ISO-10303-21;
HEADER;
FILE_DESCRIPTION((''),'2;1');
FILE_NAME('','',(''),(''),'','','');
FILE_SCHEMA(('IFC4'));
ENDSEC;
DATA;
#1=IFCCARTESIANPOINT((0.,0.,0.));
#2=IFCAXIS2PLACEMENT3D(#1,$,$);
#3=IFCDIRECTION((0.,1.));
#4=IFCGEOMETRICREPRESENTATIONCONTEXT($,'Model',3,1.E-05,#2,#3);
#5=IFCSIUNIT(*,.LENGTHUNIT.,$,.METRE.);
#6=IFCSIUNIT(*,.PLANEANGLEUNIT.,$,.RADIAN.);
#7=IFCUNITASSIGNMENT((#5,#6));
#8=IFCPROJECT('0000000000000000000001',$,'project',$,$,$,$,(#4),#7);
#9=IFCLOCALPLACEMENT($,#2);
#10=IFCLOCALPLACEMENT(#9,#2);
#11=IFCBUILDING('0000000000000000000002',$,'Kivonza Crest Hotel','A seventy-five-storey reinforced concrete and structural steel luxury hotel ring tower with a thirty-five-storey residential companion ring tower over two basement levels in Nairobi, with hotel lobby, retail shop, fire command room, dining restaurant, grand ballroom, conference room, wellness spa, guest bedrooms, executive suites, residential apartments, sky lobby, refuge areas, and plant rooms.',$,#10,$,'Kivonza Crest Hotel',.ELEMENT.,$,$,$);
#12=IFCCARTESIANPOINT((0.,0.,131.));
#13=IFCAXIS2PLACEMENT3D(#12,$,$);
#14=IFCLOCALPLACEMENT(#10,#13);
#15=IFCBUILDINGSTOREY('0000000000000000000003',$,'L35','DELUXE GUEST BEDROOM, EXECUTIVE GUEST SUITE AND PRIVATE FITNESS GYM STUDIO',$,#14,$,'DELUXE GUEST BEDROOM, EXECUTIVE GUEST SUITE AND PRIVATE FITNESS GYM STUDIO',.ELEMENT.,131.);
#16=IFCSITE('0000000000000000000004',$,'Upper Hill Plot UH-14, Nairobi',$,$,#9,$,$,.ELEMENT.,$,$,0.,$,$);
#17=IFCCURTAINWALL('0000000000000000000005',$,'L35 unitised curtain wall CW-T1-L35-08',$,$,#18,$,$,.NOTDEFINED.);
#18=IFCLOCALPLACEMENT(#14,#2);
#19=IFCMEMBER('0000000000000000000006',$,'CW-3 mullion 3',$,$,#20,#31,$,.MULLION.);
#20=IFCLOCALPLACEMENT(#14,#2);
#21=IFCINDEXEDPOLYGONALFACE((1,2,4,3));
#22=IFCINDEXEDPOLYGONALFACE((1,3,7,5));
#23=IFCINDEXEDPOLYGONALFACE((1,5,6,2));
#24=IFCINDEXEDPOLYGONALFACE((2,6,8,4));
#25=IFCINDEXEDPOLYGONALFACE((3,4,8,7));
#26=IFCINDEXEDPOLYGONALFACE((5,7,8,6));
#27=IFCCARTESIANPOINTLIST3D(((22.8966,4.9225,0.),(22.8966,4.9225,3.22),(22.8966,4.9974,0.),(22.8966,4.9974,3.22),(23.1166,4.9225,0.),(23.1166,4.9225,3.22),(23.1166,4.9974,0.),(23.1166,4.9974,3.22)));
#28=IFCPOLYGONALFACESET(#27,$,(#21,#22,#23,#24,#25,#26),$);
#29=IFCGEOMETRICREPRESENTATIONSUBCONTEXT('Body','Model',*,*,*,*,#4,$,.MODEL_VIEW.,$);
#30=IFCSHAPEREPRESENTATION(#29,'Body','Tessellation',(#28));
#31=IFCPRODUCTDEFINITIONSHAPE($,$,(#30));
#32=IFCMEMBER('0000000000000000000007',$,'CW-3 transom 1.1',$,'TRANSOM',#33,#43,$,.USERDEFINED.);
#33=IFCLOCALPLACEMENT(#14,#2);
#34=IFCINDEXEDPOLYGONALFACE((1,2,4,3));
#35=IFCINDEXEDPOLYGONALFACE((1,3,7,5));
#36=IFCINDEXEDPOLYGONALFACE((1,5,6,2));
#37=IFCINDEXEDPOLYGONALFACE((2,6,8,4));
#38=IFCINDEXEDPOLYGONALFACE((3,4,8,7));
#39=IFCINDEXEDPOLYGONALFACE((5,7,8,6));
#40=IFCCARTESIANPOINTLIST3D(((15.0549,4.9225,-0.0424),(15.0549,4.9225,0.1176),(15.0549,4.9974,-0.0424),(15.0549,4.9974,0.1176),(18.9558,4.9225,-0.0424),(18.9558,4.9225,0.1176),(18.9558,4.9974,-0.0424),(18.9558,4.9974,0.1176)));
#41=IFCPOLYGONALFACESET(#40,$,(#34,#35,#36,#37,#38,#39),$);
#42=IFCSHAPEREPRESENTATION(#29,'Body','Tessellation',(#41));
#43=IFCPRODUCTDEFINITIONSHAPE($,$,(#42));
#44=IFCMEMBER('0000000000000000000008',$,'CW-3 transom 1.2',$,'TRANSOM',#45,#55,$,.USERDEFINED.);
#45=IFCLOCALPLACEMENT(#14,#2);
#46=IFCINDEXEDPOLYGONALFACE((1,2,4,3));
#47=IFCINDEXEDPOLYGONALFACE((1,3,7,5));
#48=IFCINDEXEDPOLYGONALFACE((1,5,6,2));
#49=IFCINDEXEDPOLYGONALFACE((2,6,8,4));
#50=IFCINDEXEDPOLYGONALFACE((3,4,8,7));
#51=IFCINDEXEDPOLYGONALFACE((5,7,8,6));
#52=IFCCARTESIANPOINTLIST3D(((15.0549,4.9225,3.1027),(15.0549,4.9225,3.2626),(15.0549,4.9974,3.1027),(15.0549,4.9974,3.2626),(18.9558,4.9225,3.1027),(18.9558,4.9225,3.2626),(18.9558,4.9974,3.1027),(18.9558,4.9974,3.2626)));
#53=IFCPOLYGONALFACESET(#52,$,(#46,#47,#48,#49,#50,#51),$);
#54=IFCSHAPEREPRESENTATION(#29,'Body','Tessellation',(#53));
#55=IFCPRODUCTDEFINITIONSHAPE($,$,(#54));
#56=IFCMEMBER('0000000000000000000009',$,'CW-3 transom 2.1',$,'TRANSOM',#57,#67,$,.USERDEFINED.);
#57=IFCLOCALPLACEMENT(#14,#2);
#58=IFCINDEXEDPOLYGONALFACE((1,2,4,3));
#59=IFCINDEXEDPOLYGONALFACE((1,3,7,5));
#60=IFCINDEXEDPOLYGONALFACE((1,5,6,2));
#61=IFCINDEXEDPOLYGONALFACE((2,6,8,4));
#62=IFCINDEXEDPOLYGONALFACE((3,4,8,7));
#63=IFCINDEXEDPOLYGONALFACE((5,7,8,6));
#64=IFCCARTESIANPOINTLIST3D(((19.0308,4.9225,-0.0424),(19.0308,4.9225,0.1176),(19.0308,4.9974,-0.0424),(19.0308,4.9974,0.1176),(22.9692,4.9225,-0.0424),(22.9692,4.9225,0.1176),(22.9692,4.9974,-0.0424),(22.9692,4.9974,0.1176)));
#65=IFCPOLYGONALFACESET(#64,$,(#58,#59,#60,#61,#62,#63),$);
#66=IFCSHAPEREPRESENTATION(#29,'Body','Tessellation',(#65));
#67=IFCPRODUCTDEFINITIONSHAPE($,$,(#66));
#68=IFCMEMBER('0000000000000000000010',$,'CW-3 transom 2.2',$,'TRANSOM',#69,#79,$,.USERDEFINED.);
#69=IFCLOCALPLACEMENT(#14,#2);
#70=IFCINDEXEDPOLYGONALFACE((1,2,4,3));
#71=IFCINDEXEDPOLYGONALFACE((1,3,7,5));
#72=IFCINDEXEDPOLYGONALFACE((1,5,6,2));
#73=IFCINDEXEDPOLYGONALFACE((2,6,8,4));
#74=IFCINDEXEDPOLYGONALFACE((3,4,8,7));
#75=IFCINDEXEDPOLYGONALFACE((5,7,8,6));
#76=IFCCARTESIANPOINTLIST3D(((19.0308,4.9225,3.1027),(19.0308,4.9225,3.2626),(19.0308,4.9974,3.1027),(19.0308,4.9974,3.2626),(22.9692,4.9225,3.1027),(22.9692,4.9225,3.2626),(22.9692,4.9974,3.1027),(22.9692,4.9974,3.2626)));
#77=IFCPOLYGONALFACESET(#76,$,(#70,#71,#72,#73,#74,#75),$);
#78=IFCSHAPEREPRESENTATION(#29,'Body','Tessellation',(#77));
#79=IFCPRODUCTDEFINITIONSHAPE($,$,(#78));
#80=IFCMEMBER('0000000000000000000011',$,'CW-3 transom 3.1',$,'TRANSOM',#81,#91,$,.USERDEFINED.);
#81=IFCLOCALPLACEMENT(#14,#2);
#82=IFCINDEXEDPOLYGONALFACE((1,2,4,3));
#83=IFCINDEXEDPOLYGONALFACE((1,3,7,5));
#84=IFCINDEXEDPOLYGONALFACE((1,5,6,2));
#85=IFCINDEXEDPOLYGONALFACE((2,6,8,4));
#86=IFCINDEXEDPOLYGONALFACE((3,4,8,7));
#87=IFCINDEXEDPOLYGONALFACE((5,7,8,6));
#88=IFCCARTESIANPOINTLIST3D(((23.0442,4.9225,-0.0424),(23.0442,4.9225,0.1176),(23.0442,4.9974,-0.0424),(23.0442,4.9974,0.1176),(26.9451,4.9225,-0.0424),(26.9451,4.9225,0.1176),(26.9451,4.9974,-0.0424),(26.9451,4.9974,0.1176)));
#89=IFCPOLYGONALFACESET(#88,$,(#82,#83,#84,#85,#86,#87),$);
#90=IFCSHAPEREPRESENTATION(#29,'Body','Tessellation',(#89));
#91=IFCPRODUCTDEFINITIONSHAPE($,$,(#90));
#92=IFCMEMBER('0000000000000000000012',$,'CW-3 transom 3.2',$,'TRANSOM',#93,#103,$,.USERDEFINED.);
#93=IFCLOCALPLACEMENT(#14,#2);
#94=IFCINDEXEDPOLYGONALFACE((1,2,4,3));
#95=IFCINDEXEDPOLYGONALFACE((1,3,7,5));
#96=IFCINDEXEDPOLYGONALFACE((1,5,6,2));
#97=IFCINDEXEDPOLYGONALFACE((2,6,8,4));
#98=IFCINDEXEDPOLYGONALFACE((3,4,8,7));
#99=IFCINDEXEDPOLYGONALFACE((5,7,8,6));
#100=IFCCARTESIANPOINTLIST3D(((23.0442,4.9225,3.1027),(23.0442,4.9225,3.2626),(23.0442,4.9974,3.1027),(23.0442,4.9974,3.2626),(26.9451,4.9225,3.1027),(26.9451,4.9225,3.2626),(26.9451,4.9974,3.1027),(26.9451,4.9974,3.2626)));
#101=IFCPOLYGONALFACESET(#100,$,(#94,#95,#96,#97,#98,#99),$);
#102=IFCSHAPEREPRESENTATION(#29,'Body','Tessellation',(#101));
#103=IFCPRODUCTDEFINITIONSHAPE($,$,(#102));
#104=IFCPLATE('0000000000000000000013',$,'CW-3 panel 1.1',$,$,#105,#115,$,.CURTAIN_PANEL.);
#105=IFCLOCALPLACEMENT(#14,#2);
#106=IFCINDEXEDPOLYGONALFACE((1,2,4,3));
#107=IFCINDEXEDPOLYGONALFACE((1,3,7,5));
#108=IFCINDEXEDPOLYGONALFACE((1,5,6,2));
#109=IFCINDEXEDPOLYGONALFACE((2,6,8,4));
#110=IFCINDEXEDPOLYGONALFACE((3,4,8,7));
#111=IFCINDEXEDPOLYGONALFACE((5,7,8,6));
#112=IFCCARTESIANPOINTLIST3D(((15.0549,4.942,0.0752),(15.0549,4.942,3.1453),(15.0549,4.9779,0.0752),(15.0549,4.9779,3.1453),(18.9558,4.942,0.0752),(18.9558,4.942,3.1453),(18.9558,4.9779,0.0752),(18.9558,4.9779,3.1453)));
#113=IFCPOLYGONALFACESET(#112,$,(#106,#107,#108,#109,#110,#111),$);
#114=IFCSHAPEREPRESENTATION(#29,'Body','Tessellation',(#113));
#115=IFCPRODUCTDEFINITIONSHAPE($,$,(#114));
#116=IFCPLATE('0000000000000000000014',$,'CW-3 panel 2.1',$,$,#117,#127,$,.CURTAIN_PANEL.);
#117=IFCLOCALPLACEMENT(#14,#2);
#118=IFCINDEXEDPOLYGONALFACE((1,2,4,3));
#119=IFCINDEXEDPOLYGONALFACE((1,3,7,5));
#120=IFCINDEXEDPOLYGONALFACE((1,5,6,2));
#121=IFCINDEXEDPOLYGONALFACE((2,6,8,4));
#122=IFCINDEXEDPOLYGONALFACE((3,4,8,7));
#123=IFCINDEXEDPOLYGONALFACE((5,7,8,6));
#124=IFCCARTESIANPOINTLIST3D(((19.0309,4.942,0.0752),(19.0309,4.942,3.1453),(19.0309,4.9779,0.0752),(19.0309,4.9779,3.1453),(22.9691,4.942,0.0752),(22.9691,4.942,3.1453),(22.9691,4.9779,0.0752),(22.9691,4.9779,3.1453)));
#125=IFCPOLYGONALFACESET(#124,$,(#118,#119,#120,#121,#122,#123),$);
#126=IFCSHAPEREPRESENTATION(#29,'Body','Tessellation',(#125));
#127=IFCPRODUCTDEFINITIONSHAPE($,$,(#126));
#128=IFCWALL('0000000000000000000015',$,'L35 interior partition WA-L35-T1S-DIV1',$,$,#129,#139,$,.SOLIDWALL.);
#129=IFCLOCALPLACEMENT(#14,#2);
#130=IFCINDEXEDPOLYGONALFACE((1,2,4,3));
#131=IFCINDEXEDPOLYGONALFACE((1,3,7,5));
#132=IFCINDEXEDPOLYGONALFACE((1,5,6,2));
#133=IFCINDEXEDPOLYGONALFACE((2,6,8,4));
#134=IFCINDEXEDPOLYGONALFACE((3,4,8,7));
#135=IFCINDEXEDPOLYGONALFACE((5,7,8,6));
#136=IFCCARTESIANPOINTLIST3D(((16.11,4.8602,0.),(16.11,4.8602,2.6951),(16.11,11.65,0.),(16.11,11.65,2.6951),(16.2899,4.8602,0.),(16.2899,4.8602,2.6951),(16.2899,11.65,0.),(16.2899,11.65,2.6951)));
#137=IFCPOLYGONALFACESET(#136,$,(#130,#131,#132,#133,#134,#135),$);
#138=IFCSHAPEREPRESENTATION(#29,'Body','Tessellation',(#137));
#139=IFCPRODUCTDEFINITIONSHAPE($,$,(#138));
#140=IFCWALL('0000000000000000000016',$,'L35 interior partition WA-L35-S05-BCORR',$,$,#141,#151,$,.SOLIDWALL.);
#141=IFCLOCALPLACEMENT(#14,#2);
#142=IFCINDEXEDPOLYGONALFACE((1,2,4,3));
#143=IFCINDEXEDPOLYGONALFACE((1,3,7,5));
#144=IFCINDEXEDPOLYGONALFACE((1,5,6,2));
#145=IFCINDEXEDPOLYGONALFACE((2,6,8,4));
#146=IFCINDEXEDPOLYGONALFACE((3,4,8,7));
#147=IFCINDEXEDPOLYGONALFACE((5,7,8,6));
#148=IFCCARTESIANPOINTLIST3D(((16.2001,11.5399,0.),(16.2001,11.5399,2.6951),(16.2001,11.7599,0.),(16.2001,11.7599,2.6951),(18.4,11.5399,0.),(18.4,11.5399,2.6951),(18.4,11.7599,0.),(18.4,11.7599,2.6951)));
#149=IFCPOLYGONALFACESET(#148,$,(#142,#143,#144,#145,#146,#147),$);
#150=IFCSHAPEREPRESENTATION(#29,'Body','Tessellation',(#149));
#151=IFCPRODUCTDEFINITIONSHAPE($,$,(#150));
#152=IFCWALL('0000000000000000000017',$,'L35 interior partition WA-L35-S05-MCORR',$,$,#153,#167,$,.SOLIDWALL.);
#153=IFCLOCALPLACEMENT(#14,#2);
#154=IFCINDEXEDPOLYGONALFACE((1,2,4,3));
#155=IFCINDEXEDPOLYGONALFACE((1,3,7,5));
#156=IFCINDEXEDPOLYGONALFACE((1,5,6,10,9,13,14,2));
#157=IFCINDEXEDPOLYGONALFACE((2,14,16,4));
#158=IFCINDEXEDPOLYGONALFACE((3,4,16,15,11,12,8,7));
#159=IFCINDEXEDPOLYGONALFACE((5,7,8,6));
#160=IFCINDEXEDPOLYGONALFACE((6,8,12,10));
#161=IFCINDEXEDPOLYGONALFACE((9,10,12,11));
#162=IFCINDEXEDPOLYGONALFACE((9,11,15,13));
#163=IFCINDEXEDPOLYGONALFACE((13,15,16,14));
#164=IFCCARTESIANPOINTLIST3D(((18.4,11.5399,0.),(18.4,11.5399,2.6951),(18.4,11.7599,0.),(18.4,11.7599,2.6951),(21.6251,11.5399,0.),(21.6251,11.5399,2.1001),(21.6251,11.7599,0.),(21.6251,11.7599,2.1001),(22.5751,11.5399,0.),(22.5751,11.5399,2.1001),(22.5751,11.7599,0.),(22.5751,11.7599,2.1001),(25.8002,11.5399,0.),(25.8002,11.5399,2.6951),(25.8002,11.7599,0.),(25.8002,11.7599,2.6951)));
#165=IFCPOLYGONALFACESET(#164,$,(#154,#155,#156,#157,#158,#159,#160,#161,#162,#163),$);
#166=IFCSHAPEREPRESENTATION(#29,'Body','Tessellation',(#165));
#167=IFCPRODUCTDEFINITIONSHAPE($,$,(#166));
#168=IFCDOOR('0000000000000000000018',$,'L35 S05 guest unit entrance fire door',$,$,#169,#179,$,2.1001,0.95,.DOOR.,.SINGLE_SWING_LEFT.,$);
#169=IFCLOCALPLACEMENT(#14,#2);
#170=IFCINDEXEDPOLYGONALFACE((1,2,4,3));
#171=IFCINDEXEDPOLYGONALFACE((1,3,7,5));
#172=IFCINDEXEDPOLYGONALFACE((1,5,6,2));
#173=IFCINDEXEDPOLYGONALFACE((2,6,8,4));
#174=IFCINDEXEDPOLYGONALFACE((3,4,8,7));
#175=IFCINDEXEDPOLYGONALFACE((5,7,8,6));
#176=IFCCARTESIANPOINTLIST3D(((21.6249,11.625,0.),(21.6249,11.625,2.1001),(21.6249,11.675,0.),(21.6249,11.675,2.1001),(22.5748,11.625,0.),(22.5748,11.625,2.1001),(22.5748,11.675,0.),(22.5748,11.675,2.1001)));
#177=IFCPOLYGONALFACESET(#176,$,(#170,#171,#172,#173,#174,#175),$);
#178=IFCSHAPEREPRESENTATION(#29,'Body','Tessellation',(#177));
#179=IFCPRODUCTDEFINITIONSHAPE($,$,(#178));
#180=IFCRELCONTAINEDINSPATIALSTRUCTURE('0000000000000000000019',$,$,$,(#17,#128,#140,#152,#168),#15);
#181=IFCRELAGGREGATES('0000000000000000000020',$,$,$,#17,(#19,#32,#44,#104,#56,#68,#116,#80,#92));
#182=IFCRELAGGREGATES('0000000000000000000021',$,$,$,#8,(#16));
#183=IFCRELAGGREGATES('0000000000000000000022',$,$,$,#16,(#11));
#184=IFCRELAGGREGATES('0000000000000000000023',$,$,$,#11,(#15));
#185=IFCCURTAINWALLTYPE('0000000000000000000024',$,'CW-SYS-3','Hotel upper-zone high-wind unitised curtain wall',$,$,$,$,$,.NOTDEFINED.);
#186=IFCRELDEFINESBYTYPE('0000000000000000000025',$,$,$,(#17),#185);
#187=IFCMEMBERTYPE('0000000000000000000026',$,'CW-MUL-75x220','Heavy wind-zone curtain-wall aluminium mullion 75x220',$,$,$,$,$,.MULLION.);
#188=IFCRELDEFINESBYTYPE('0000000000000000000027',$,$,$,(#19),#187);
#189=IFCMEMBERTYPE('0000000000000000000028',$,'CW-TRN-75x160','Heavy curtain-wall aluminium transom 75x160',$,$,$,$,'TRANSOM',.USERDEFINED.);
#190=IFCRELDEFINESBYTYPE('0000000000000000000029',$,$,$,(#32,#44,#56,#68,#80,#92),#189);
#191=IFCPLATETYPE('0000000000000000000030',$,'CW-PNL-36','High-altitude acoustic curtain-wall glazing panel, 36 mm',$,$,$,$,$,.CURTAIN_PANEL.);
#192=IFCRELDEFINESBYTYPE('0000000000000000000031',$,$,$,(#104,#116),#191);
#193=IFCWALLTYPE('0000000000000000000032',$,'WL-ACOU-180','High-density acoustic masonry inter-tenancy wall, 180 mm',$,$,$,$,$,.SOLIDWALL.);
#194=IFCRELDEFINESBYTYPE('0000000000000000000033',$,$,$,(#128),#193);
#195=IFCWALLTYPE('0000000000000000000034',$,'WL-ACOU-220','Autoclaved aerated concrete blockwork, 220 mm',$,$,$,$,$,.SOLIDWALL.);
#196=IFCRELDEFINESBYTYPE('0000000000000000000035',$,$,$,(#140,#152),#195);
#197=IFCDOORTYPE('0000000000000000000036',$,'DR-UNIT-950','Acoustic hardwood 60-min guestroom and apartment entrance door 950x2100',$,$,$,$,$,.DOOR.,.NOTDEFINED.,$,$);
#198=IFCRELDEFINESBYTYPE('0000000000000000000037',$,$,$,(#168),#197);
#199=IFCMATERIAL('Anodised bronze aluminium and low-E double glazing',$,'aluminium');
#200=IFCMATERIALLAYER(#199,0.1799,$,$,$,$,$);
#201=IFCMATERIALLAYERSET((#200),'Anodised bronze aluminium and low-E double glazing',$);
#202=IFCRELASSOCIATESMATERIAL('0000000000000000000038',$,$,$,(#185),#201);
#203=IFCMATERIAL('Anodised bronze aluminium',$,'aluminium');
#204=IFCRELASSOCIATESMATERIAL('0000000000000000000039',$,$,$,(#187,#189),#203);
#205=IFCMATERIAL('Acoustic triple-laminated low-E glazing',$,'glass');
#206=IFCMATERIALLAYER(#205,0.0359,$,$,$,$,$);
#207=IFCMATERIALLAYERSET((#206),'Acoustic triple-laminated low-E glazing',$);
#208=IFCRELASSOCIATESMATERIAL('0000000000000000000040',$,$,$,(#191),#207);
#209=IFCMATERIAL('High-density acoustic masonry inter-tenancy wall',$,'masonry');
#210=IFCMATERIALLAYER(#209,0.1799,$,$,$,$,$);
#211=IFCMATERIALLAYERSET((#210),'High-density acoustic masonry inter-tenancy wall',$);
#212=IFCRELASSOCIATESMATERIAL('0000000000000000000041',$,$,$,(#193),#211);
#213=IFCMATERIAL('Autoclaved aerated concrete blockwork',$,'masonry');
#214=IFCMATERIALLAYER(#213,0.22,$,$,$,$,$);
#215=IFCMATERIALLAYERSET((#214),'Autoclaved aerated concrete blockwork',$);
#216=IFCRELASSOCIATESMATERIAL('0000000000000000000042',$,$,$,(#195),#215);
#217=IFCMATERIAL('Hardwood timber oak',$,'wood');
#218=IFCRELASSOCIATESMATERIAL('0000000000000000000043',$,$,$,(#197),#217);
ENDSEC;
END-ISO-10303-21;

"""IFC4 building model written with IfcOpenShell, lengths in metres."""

from ifc_helpers import new_model, si_unit, direction, frame, frame_2d, origin, origin_2d, place, context, subcontext, project, spatial, rectangle, extrude, material, layer, layer_set, material_profile, profile_set, type_object, element, fill, aggregate, save


model = new_model("IFC4")

# Units and contexts
model_context = context("Model", 3, precision=1e-05, world=origin(), true_north=direction((0.0, 1.0)))
body_context = subcontext(model_context, "Body", "Model", "MODEL_VIEW")
ifc_project = project(units=[si_unit("LENGTHUNIT", "METRE"), si_unit("PLANEANGLEUNIT", "RADIAN")], contexts=[model_context])

# Site, building, storey
site_placement = place(None, origin())
site = spatial("IfcSite", under=ifc_project, at=site_placement, Name="Upper Hill Plot UH-14, Nairobi", CompositionType="ELEMENT", RefElevation=0.0)
building_placement = place(site_placement, origin())
building = spatial("IfcBuilding", under=site, at=building_placement, Name="Kivonza Crest Hotel", Description="A seventy-five-storey reinforced concrete and structural steel luxury hotel ring tower with a thirty-five-storey residential companion ring tower over two basement levels in Nairobi, with hotel lobby, retail shop, fire command room, dining restaurant, grand ballroom, conference room, wellness spa, guest bedrooms, executive suites, residential apartments, sky lobby, refuge areas, and plant rooms.", LongName="Kivonza Crest Hotel", CompositionType="ELEMENT")
storey_placement = place(building_placement, frame((0.0, 0.0, 131.0)))
storey = spatial("IfcBuildingStorey", under=building, at=storey_placement, Name="L35", Description="DELUXE GUEST BEDROOM, EXECUTIVE GUEST SUITE AND PRIVATE FITNESS GYM STUDIO", LongName="DELUXE GUEST BEDROOM, EXECUTIVE GUEST SUITE AND PRIVATE FITNESS GYM STUDIO", CompositionType="ELEMENT", Elevation=131.0)

# Curtain wall, members, plates
ifc_material_1 = material(Name="Anodised bronze aluminium and low-E double glazing", Category="aluminium")
ifc_layer_1 = layer(ifc_material_1, 0.1799)
ifc_layer_set_1 = layer_set([ifc_layer_1], Name="Anodised bronze aluminium and low-E double glazing")
curtain_wall_type = type_object("IfcCurtainWallType", Name="CW-SYS-3", Description="Hotel upper-zone high-wind unitised curtain wall", PredefinedType="NOTDEFINED", material=ifc_layer_set_1)
curtain_wall_placement = place(storey_placement, origin())
curtain_wall = element("IfcCurtainWall", 1, at=curtain_wall_placement, inside=storey, type_object=curtain_wall_type, Name="L35 unitised curtain wall CW-T1-L35-08", PredefinedType="NOTDEFINED")
ifc_material_2 = material(Name="Anodised bronze aluminium", Category="aluminium")
ifc_material_profile_1 = material_profile(ifc_material_2, rectangle(XDim=0.075, YDim=0.22, at=origin_2d()), Name="CW-M 75x220")
ifc_profile_set_1 = profile_set([ifc_material_profile_1], Name="Anodised bronze aluminium")
member_type_1 = type_object("IfcMemberType", Name="CW-MUL-75x220", Description="Heavy wind-zone curtain-wall aluminium mullion 75x220", PredefinedType="MULLION", material=ifc_profile_set_1)
member_1_placement = place(storey_placement, frame((23.0066, 4.96, 0.0), z_axis=(0.0, 0.0, 1.0), x_axis=(0.0, 1.0, 0.0)))
member_1 = element("IfcMember", 2, at=member_1_placement, type_object=member_type_1, Name="CW-3 mullion 3", PredefinedType="MULLION", context=body_context, shape_type="SweptSolid", body=[
    extrude(rectangle(XDim=0.075, YDim=0.22, at=origin_2d()), origin(), (0.0, 0.0, 1.0), 3.22),
])
ifc_material_profile_2 = material_profile(ifc_material_2, rectangle(XDim=0.075, YDim=0.1599, at=origin_2d()), Name="CW-T 75x160")
ifc_profile_set_2 = profile_set([ifc_material_profile_2], Name="Anodised bronze aluminium")
member_type_2 = type_object("IfcMemberType", Name="CW-TRN-75x160", Description="Heavy curtain-wall aluminium transom 75x160", ElementType="TRANSOM", PredefinedType="USERDEFINED", material=ifc_profile_set_2)
member_2_placement = place(storey_placement, frame((15.0549, 4.96, 0.0376), z_axis=(1.0, 0.0, 0.0), x_axis=(0.0, 1.0, 0.0)))
member_2 = element("IfcMember", 3, at=member_2_placement, type_object=member_type_2, Name="CW-3 transom 1.1", ObjectType="TRANSOM", PredefinedType="USERDEFINED", context=body_context, shape_type="SweptSolid", body=[
    extrude(rectangle(XDim=0.075, YDim=0.1599, at=origin_2d()), origin(), (0.0, 0.0, 1.0), 3.9009),
])
member_3_placement = place(storey_placement, frame((15.0549, 4.96, 3.1826), z_axis=(1.0, 0.0, 0.0), x_axis=(0.0, 1.0, 0.0)))
member_3 = element("IfcMember", 4, at=member_3_placement, type_object=member_type_2, Name="CW-3 transom 1.2", ObjectType="TRANSOM", PredefinedType="USERDEFINED", context=body_context, shape_type="SweptSolid", body=[
    extrude(rectangle(XDim=0.075, YDim=0.1599, at=origin_2d()), origin(), (0.0, 0.0, 1.0), 3.9009),
])
member_4_placement = place(storey_placement, frame((19.0308, 4.96, 0.0376), z_axis=(1.0, 0.0, 0.0), x_axis=(0.0, 1.0, 0.0)))
member_4 = element("IfcMember", 5, at=member_4_placement, type_object=member_type_2, Name="CW-3 transom 2.1", ObjectType="TRANSOM", PredefinedType="USERDEFINED", context=body_context, shape_type="SweptSolid", body=[
    extrude(rectangle(XDim=0.075, YDim=0.1599, at=origin_2d()), origin(), (0.0, 0.0, 1.0), 3.9385),
])
member_5_placement = place(storey_placement, frame((19.0308, 4.96, 3.1826), z_axis=(1.0, 0.0, 0.0), x_axis=(0.0, 1.0, 0.0)))
member_5 = element("IfcMember", 6, at=member_5_placement, type_object=member_type_2, Name="CW-3 transom 2.2", ObjectType="TRANSOM", PredefinedType="USERDEFINED", context=body_context, shape_type="SweptSolid", body=[
    extrude(rectangle(XDim=0.075, YDim=0.1599, at=origin_2d()), origin(), (0.0, 0.0, 1.0), 3.9385),
])
member_6_placement = place(storey_placement, frame((23.0442, 4.96, 0.0376), z_axis=(1.0, 0.0, 0.0), x_axis=(0.0, 1.0, 0.0)))
member_6 = element("IfcMember", 7, at=member_6_placement, type_object=member_type_2, Name="CW-3 transom 3.1", ObjectType="TRANSOM", PredefinedType="USERDEFINED", context=body_context, shape_type="SweptSolid", body=[
    extrude(rectangle(XDim=0.075, YDim=0.1599, at=origin_2d()), origin(), (0.0, 0.0, 1.0), 3.9009),
])
member_7_placement = place(storey_placement, frame((23.0442, 4.96, 3.1826), z_axis=(1.0, 0.0, 0.0), x_axis=(0.0, 1.0, 0.0)))
member_7 = element("IfcMember", 8, at=member_7_placement, type_object=member_type_2, Name="CW-3 transom 3.2", ObjectType="TRANSOM", PredefinedType="USERDEFINED", context=body_context, shape_type="SweptSolid", body=[
    extrude(rectangle(XDim=0.075, YDim=0.1599, at=origin_2d()), origin(), (0.0, 0.0, 1.0), 3.9009),
])
ifc_material_3 = material(Name="Acoustic triple-laminated low-E glazing", Category="glass")
ifc_layer_2 = layer(ifc_material_3, 0.0359)
ifc_layer_set_2 = layer_set([ifc_layer_2], Name="Acoustic triple-laminated low-E glazing")
plate_type = type_object("IfcPlateType", Name="CW-PNL-36", Description="High-altitude acoustic curtain-wall glazing panel, 36 mm", PredefinedType="CURTAIN_PANEL", material=ifc_layer_set_2)
plate_1_placement = place(storey_placement, frame((17.0054, 4.96, 0.0752), z_axis=(0.0, 0.0, 1.0), x_axis=(1.0, 0.0, 0.0)))
plate_1 = element("IfcPlate", 9, at=plate_1_placement, type_object=plate_type, Name="CW-3 panel 1.1", PredefinedType="CURTAIN_PANEL", context=body_context, shape_type="SweptSolid", body=[
    extrude(rectangle(XDim=3.9009, YDim=0.0359, at=origin_2d()), origin(), (0.0, 0.0, 1.0), 3.0701),
])
plate_2_placement = place(storey_placement, frame((21.0, 4.96, 0.0752), z_axis=(0.0, 0.0, 1.0), x_axis=(1.0, 0.0, 0.0)))
plate_2 = element("IfcPlate", 10, at=plate_2_placement, type_object=plate_type, Name="CW-3 panel 2.1", PredefinedType="CURTAIN_PANEL", context=body_context, shape_type="SweptSolid", body=[
    extrude(rectangle(XDim=3.9382, YDim=0.0359, at=origin_2d()), origin(), (0.0, 0.0, 1.0), 3.0701),
])
aggregate(curtain_wall, [member_1, member_2, member_3, plate_1, member_4, member_5, plate_2, member_6, member_7])

# Walls
ifc_material_4 = material(Name="High-density acoustic masonry inter-tenancy wall", Category="masonry")
ifc_layer_3 = layer(ifc_material_4, 0.1799)
ifc_layer_set_3 = layer_set([ifc_layer_3], Name="High-density acoustic masonry inter-tenancy wall")
wall_type_1 = type_object("IfcWallType", Name="WL-ACOU-180", Description="High-density acoustic masonry inter-tenancy wall, 180 mm", PredefinedType="SOLIDWALL", material=ifc_layer_set_3)
wall_1_placement = place(storey_placement, frame((16.2, 4.8601, 0.0), z_axis=(0.0, 0.0, 1.0), x_axis=(0.0, 1.0, 0.0)))
element("IfcWall", 11, at=wall_1_placement, inside=storey, type_object=wall_type_1, Name="L35 interior partition WA-L35-T1S-DIV1", PredefinedType="SOLIDWALL", context=body_context, shape_type="SweptSolid", body=[
    extrude(rectangle(XDim=6.7898, YDim=0.1799, at=frame_2d((3.395, 0.0))), origin(), (0.0, 0.0, 1.0), 2.6951),
])
ifc_material_5 = material(Name="Autoclaved aerated concrete blockwork", Category="masonry")
ifc_layer_4 = layer(ifc_material_5, 0.22)
ifc_layer_set_4 = layer_set([ifc_layer_4], Name="Autoclaved aerated concrete blockwork")
wall_type_2 = type_object("IfcWallType", Name="WL-ACOU-220", Description="Autoclaved aerated concrete blockwork, 220 mm", PredefinedType="SOLIDWALL", material=ifc_layer_set_4)
wall_2_placement = place(storey_placement, frame((16.2, 11.6499, 0.0), z_axis=(0.0, 0.0, 1.0), x_axis=(1.0, 0.0, 0.0)))
element("IfcWall", 12, at=wall_2_placement, inside=storey, type_object=wall_type_2, Name="L35 interior partition WA-L35-S05-BCORR", PredefinedType="SOLIDWALL", context=body_context, shape_type="SweptSolid", body=[
    extrude(rectangle(XDim=2.2, YDim=0.22, at=frame_2d((1.1001, 0.0))), origin(), (0.0, 0.0, 1.0), 2.6951),
])

# Wall, opening, door
wall_3_placement = place(storey_placement, frame((18.3999, 11.6499, 0.0), z_axis=(0.0, 0.0, 1.0), x_axis=(1.0, 0.0, 0.0)))
wall_3 = element("IfcWall", 13, at=wall_3_placement, inside=storey, type_object=wall_type_2, Name="L35 interior partition WA-L35-S05-MCORR", PredefinedType="SOLIDWALL", context=body_context, shape_type="SweptSolid", body=[
    extrude(rectangle(XDim=7.4001, YDim=0.22, at=frame_2d((3.7002, 0.0))), origin(), (0.0, 0.0, 1.0), 2.6951),
])
opening_1_placement = place(wall_3_placement, frame((3.2251, 0.0, 0.0)))
opening_1 = element("IfcOpeningElement", 14, at=opening_1_placement, cuts=wall_3, PredefinedType="OPENING", context=body_context, shape_type="SweptSolid", body=[
    extrude(rectangle(XDim=0.95, YDim=2.1001, at=frame_2d((0.4751, 1.05))), frame((0.0, 0.1201, 0.0), z_axis=(0.0, -1.0, 0.0), x_axis=(1.0, 0.0, 0.0)), (0.0, 0.0, 1.0), 0.24),
])
ifc_material_6 = material(Name="Hardwood timber oak", Category="wood")
door_type_1 = type_object("IfcDoorType", Name="DR-UNIT-950", Description="Acoustic hardwood 60-min guestroom and apartment entrance door 950x2100", OperationType="NOTDEFINED", PredefinedType="DOOR", material=ifc_material_6)
door_1_placement = place(opening_1_placement, frame((0.95, 0.0, 0.0), z_axis=(0.0, 0.0, 1.0), x_axis=(-1.0, 0.0, 0.0)))
door_1 = element("IfcDoor", 15, at=door_1_placement, inside=storey, type_object=door_type_1, Name="L35 S05 guest unit entrance fire door", OperationType="SINGLE_SWING_LEFT", OverallHeight=2.1001, OverallWidth=0.95, PredefinedType="DOOR", context=body_context, shape_type="SweptSolid", body=[
    extrude(rectangle(XDim=0.95, YDim=2.1001, at=frame_2d((0.4751, 1.05))), frame((0.0, 0.0249, 0.0), z_axis=(0.0, -1.0, 0.0), x_axis=(1.0, 0.0, 0.0)), (0.0, 0.0, 1.0), 0.05),
])
fill(opening_1, door_1)

save(model, "model.ifc")
